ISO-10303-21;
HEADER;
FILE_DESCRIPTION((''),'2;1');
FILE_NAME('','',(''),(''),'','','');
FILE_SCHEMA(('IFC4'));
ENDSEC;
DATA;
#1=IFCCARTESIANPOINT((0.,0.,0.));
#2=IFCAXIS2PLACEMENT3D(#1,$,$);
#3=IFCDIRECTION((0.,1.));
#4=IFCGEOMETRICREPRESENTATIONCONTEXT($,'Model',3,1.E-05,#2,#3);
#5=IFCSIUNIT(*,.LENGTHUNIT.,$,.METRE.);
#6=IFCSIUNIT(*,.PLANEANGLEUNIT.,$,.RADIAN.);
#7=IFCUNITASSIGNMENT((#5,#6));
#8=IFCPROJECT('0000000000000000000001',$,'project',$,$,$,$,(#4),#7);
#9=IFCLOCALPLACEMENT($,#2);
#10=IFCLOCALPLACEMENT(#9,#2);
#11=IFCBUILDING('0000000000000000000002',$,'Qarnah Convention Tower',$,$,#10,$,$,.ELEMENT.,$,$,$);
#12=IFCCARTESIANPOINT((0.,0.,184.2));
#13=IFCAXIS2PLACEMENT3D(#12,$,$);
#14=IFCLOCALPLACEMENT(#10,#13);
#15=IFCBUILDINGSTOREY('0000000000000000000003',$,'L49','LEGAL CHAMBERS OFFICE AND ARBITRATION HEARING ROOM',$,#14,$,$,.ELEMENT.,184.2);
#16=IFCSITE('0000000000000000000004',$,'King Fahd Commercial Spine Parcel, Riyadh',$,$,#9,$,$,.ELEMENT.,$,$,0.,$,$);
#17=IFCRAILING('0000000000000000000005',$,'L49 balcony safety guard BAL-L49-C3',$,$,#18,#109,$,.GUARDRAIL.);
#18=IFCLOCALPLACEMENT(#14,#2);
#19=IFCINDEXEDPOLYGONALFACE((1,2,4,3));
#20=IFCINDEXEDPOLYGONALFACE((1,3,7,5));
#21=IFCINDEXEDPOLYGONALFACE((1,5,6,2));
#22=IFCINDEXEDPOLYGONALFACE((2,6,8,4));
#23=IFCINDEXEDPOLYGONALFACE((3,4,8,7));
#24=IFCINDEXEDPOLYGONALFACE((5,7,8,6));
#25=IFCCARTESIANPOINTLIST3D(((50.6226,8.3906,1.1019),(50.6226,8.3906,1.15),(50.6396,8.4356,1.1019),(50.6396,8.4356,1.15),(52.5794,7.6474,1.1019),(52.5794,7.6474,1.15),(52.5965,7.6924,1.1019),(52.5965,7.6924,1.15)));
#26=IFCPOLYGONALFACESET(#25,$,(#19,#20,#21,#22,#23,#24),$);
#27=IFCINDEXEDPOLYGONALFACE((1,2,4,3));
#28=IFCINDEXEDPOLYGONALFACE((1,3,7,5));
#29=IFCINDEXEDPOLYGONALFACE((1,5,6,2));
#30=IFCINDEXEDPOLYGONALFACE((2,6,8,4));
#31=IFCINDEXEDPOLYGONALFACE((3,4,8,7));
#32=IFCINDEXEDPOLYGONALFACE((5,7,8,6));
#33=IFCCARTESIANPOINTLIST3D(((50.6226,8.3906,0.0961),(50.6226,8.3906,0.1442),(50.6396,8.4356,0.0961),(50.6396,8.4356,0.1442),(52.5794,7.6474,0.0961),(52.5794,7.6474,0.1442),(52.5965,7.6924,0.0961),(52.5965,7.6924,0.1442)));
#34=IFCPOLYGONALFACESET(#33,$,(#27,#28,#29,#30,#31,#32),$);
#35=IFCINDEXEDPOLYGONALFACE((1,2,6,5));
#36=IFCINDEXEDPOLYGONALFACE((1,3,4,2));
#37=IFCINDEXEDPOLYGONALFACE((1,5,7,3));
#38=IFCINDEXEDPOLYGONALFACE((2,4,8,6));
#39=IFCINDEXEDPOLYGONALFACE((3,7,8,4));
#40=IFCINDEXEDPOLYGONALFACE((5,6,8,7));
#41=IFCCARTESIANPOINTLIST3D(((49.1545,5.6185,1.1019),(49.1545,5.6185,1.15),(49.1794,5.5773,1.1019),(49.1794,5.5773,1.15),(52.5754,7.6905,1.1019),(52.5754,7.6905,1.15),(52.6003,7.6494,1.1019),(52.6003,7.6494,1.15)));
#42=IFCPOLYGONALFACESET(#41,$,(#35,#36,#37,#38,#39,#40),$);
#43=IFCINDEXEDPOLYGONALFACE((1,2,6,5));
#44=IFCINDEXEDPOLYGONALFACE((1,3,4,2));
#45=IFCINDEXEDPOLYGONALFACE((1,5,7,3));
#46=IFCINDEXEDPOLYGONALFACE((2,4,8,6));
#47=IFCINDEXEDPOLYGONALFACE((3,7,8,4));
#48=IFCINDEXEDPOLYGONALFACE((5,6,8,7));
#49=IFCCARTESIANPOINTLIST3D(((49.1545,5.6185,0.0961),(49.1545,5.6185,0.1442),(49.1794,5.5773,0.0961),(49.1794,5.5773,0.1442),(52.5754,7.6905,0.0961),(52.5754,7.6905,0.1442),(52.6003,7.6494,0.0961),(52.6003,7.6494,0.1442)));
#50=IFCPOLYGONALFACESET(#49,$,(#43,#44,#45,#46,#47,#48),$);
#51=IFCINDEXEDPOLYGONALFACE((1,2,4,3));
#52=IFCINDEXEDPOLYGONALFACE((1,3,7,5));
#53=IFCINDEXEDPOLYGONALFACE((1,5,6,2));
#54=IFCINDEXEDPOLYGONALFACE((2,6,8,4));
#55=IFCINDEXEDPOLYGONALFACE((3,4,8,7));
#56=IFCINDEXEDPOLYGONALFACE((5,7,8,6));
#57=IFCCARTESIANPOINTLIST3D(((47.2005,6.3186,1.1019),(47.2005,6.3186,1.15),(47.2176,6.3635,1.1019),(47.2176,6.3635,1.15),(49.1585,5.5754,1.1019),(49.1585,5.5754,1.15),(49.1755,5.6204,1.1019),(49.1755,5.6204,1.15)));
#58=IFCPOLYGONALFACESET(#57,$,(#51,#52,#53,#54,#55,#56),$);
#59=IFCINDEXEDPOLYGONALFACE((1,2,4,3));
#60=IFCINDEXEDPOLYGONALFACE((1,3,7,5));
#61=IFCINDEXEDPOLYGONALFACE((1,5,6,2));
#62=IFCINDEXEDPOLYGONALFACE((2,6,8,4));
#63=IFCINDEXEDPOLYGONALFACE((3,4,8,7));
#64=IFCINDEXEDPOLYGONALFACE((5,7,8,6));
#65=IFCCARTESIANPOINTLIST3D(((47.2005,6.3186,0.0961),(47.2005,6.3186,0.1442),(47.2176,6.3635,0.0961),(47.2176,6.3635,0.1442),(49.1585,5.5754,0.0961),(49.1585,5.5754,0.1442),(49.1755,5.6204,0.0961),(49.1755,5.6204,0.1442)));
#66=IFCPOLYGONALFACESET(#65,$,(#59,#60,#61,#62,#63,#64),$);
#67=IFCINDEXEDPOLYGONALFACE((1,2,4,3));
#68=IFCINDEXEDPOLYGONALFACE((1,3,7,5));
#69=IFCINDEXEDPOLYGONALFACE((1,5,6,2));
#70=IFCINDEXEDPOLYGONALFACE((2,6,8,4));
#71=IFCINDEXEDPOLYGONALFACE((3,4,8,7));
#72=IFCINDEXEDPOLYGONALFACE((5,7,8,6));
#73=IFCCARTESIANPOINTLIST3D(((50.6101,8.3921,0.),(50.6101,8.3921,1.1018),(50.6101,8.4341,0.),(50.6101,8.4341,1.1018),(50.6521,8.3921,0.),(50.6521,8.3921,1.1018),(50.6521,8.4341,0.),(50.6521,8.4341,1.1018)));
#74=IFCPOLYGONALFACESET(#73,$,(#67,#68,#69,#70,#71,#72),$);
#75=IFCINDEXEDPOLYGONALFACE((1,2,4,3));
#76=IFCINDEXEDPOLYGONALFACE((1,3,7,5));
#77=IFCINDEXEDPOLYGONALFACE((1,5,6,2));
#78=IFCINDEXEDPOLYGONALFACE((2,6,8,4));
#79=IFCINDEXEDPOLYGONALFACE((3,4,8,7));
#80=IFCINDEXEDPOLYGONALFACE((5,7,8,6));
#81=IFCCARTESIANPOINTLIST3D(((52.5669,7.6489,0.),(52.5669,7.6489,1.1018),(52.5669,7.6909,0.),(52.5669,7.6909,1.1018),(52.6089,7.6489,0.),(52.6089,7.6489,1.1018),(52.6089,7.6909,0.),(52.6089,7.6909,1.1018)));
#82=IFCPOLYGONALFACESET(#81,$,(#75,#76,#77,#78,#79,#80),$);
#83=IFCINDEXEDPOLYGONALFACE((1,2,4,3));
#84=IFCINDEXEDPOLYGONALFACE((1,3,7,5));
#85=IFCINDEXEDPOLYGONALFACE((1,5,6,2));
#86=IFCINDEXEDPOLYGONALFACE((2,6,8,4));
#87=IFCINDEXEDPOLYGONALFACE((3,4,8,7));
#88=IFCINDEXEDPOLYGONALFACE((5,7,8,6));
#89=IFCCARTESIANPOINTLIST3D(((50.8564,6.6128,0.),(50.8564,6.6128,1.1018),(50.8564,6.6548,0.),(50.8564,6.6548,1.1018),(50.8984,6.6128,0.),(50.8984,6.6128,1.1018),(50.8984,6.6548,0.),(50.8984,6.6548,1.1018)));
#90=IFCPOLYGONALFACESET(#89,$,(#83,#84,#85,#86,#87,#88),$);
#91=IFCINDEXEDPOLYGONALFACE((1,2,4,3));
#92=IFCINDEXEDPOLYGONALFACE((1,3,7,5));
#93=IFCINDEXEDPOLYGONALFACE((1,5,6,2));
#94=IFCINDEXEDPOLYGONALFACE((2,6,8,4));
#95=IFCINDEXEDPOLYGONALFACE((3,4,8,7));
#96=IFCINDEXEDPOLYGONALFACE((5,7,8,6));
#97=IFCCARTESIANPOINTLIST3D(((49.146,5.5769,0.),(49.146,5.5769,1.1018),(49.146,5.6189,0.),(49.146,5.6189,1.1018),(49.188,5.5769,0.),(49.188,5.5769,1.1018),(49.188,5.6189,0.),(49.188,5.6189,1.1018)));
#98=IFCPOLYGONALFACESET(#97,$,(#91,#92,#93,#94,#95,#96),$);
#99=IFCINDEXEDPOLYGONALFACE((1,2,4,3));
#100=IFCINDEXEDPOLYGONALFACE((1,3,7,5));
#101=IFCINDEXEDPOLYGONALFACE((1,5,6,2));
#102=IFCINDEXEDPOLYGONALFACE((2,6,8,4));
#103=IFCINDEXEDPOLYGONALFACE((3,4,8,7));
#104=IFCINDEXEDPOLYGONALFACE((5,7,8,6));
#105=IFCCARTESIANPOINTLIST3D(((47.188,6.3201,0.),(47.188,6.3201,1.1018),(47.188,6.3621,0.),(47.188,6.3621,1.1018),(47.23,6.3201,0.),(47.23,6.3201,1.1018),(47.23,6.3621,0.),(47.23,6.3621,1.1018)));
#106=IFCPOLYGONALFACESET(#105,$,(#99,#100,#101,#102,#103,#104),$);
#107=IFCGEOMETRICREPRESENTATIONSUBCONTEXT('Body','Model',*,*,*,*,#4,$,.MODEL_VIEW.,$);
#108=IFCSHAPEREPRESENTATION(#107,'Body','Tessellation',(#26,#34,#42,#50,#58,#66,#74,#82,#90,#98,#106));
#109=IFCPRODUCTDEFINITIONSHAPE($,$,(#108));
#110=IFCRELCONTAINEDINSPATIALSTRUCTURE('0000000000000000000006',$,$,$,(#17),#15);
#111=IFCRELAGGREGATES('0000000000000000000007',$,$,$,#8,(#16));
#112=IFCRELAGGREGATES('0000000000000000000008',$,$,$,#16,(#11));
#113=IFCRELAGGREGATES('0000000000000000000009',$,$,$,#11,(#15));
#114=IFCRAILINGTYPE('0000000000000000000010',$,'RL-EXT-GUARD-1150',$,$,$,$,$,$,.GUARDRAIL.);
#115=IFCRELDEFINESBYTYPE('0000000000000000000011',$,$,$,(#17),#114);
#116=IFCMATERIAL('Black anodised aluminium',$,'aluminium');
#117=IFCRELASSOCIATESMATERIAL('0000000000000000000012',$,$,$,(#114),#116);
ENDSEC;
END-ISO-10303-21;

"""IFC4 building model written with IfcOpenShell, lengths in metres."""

from ifc_helpers import new_model, si_unit, direction, frame, origin, origin_2d, place, context, subcontext, project, spatial, rectangle, extrude, material, type_object, element, save


model = new_model("IFC4")

# Units and contexts
model_context = context("Model", 3, precision=1e-05, world=origin(), true_north=direction((0.0, 1.0)))
body_context = subcontext(model_context, "Body", "Model", "MODEL_VIEW")
ifc_project = project(units=[si_unit("LENGTHUNIT", "METRE"), si_unit("PLANEANGLEUNIT", "RADIAN")], contexts=[model_context])

# Site, building, storey
site_placement = place(None, origin())
site = spatial("IfcSite", under=ifc_project, at=site_placement, Name="King Fahd Commercial Spine Parcel, Riyadh", CompositionType="ELEMENT", RefElevation=0.0)
building_placement = place(site_placement, origin())
building = spatial("IfcBuilding", under=site, at=building_placement, Name="Qarnah Convention Tower", CompositionType="ELEMENT")
storey_placement = place(building_placement, frame((0.0, 0.0, 184.2)))
storey = spatial("IfcBuildingStorey", under=building, at=storey_placement, Name="L49", Description="LEGAL CHAMBERS OFFICE AND ARBITRATION HEARING ROOM", CompositionType="ELEMENT", Elevation=184.2)

# Shared definitions
ifc_material_1 = material(Name="Black anodised aluminium", Category="aluminium")

# Railing
railing_type = type_object("IfcRailingType", Name="RL-EXT-GUARD-1150", PredefinedType="GUARDRAIL", material=ifc_material_1)
railing_1_placement = place(storey_placement, frame((50.6311, 8.4131, 0.0)))
element("IfcRailing", 1, at=railing_1_placement, inside=storey, type_object=railing_type, Name="L49 balcony safety guard BAL-L49-C3", PredefinedType="GUARDRAIL", context=body_context, shape_type="SweptSolid", body=[
    extrude(rectangle(XDim=0.0481, YDim=0.0481, at=origin_2d()), frame((0.0, 0.0, 1.126), z_axis=(0.934849, -0.355044, 0.0), x_axis=(0.355044, 0.934849, 0.0)), (0.0, 0.0, 1.0), 2.0933),
    extrude(rectangle(XDim=0.0481, YDim=0.0481, at=origin_2d()), frame((0.0, 0.0, 0.1201), z_axis=(0.934849, -0.355044, 0.0), x_axis=(0.355044, 0.934849, 0.0)), (0.0, 0.0, 1.0), 2.0933),
    extrude(rectangle(XDim=0.0481, YDim=0.0481, at=origin_2d()), frame((1.9568, -0.7432, 1.126), z_axis=(-0.855336, -0.518073, 0.0), x_axis=(0.518073, -0.855336, 0.0)), (0.0, 0.0, 1.0), 3.9995),
    extrude(rectangle(XDim=0.0481, YDim=0.0481, at=origin_2d()), frame((1.9568, -0.7432, 0.1201), z_axis=(-0.855336, -0.518073, 0.0), x_axis=(0.518073, -0.855336, 0.0)), (0.0, 0.0, 1.0), 3.9995),
    extrude(rectangle(XDim=0.0481, YDim=0.0481, at=origin_2d()), frame((-1.4641, -2.8152, 1.126), z_axis=(-0.934923, 0.354851, 0.0), x_axis=(-0.354851, -0.934923, 0.0)), (0.0, 0.0, 1.0), 2.0942),
    extrude(rectangle(XDim=0.0481, YDim=0.0481, at=origin_2d()), frame((-1.4641, -2.8152, 0.1201), z_axis=(-0.934923, 0.354851, 0.0), x_axis=(-0.354851, -0.934923, 0.0)), (0.0, 0.0, 1.0), 2.0942),
    extrude(rectangle(XDim=0.042, YDim=0.042, at=origin_2d()), origin(), (0.0, 0.0, 1.0), 1.1018),
    extrude(rectangle(XDim=0.042, YDim=0.042, at=origin_2d()), frame((1.9568, -0.7432, 0.0)), (0.0, 0.0, 1.0), 1.1018),
    extrude(rectangle(XDim=0.042, YDim=0.042, at=origin_2d()), frame((0.2463, -1.7793, 0.0)), (0.0, 0.0, 1.0), 1.1018),
    extrude(rectangle(XDim=0.042, YDim=0.042, at=origin_2d()), frame((-1.4641, -2.8152, 0.0)), (0.0, 0.0, 1.0), 1.1018),
    extrude(rectangle(XDim=0.042, YDim=0.042, at=origin_2d()), frame((-3.4221, -2.072, 0.0)), (0.0, 0.0, 1.0), 1.1018),
])

save(model, "model.ifc")
